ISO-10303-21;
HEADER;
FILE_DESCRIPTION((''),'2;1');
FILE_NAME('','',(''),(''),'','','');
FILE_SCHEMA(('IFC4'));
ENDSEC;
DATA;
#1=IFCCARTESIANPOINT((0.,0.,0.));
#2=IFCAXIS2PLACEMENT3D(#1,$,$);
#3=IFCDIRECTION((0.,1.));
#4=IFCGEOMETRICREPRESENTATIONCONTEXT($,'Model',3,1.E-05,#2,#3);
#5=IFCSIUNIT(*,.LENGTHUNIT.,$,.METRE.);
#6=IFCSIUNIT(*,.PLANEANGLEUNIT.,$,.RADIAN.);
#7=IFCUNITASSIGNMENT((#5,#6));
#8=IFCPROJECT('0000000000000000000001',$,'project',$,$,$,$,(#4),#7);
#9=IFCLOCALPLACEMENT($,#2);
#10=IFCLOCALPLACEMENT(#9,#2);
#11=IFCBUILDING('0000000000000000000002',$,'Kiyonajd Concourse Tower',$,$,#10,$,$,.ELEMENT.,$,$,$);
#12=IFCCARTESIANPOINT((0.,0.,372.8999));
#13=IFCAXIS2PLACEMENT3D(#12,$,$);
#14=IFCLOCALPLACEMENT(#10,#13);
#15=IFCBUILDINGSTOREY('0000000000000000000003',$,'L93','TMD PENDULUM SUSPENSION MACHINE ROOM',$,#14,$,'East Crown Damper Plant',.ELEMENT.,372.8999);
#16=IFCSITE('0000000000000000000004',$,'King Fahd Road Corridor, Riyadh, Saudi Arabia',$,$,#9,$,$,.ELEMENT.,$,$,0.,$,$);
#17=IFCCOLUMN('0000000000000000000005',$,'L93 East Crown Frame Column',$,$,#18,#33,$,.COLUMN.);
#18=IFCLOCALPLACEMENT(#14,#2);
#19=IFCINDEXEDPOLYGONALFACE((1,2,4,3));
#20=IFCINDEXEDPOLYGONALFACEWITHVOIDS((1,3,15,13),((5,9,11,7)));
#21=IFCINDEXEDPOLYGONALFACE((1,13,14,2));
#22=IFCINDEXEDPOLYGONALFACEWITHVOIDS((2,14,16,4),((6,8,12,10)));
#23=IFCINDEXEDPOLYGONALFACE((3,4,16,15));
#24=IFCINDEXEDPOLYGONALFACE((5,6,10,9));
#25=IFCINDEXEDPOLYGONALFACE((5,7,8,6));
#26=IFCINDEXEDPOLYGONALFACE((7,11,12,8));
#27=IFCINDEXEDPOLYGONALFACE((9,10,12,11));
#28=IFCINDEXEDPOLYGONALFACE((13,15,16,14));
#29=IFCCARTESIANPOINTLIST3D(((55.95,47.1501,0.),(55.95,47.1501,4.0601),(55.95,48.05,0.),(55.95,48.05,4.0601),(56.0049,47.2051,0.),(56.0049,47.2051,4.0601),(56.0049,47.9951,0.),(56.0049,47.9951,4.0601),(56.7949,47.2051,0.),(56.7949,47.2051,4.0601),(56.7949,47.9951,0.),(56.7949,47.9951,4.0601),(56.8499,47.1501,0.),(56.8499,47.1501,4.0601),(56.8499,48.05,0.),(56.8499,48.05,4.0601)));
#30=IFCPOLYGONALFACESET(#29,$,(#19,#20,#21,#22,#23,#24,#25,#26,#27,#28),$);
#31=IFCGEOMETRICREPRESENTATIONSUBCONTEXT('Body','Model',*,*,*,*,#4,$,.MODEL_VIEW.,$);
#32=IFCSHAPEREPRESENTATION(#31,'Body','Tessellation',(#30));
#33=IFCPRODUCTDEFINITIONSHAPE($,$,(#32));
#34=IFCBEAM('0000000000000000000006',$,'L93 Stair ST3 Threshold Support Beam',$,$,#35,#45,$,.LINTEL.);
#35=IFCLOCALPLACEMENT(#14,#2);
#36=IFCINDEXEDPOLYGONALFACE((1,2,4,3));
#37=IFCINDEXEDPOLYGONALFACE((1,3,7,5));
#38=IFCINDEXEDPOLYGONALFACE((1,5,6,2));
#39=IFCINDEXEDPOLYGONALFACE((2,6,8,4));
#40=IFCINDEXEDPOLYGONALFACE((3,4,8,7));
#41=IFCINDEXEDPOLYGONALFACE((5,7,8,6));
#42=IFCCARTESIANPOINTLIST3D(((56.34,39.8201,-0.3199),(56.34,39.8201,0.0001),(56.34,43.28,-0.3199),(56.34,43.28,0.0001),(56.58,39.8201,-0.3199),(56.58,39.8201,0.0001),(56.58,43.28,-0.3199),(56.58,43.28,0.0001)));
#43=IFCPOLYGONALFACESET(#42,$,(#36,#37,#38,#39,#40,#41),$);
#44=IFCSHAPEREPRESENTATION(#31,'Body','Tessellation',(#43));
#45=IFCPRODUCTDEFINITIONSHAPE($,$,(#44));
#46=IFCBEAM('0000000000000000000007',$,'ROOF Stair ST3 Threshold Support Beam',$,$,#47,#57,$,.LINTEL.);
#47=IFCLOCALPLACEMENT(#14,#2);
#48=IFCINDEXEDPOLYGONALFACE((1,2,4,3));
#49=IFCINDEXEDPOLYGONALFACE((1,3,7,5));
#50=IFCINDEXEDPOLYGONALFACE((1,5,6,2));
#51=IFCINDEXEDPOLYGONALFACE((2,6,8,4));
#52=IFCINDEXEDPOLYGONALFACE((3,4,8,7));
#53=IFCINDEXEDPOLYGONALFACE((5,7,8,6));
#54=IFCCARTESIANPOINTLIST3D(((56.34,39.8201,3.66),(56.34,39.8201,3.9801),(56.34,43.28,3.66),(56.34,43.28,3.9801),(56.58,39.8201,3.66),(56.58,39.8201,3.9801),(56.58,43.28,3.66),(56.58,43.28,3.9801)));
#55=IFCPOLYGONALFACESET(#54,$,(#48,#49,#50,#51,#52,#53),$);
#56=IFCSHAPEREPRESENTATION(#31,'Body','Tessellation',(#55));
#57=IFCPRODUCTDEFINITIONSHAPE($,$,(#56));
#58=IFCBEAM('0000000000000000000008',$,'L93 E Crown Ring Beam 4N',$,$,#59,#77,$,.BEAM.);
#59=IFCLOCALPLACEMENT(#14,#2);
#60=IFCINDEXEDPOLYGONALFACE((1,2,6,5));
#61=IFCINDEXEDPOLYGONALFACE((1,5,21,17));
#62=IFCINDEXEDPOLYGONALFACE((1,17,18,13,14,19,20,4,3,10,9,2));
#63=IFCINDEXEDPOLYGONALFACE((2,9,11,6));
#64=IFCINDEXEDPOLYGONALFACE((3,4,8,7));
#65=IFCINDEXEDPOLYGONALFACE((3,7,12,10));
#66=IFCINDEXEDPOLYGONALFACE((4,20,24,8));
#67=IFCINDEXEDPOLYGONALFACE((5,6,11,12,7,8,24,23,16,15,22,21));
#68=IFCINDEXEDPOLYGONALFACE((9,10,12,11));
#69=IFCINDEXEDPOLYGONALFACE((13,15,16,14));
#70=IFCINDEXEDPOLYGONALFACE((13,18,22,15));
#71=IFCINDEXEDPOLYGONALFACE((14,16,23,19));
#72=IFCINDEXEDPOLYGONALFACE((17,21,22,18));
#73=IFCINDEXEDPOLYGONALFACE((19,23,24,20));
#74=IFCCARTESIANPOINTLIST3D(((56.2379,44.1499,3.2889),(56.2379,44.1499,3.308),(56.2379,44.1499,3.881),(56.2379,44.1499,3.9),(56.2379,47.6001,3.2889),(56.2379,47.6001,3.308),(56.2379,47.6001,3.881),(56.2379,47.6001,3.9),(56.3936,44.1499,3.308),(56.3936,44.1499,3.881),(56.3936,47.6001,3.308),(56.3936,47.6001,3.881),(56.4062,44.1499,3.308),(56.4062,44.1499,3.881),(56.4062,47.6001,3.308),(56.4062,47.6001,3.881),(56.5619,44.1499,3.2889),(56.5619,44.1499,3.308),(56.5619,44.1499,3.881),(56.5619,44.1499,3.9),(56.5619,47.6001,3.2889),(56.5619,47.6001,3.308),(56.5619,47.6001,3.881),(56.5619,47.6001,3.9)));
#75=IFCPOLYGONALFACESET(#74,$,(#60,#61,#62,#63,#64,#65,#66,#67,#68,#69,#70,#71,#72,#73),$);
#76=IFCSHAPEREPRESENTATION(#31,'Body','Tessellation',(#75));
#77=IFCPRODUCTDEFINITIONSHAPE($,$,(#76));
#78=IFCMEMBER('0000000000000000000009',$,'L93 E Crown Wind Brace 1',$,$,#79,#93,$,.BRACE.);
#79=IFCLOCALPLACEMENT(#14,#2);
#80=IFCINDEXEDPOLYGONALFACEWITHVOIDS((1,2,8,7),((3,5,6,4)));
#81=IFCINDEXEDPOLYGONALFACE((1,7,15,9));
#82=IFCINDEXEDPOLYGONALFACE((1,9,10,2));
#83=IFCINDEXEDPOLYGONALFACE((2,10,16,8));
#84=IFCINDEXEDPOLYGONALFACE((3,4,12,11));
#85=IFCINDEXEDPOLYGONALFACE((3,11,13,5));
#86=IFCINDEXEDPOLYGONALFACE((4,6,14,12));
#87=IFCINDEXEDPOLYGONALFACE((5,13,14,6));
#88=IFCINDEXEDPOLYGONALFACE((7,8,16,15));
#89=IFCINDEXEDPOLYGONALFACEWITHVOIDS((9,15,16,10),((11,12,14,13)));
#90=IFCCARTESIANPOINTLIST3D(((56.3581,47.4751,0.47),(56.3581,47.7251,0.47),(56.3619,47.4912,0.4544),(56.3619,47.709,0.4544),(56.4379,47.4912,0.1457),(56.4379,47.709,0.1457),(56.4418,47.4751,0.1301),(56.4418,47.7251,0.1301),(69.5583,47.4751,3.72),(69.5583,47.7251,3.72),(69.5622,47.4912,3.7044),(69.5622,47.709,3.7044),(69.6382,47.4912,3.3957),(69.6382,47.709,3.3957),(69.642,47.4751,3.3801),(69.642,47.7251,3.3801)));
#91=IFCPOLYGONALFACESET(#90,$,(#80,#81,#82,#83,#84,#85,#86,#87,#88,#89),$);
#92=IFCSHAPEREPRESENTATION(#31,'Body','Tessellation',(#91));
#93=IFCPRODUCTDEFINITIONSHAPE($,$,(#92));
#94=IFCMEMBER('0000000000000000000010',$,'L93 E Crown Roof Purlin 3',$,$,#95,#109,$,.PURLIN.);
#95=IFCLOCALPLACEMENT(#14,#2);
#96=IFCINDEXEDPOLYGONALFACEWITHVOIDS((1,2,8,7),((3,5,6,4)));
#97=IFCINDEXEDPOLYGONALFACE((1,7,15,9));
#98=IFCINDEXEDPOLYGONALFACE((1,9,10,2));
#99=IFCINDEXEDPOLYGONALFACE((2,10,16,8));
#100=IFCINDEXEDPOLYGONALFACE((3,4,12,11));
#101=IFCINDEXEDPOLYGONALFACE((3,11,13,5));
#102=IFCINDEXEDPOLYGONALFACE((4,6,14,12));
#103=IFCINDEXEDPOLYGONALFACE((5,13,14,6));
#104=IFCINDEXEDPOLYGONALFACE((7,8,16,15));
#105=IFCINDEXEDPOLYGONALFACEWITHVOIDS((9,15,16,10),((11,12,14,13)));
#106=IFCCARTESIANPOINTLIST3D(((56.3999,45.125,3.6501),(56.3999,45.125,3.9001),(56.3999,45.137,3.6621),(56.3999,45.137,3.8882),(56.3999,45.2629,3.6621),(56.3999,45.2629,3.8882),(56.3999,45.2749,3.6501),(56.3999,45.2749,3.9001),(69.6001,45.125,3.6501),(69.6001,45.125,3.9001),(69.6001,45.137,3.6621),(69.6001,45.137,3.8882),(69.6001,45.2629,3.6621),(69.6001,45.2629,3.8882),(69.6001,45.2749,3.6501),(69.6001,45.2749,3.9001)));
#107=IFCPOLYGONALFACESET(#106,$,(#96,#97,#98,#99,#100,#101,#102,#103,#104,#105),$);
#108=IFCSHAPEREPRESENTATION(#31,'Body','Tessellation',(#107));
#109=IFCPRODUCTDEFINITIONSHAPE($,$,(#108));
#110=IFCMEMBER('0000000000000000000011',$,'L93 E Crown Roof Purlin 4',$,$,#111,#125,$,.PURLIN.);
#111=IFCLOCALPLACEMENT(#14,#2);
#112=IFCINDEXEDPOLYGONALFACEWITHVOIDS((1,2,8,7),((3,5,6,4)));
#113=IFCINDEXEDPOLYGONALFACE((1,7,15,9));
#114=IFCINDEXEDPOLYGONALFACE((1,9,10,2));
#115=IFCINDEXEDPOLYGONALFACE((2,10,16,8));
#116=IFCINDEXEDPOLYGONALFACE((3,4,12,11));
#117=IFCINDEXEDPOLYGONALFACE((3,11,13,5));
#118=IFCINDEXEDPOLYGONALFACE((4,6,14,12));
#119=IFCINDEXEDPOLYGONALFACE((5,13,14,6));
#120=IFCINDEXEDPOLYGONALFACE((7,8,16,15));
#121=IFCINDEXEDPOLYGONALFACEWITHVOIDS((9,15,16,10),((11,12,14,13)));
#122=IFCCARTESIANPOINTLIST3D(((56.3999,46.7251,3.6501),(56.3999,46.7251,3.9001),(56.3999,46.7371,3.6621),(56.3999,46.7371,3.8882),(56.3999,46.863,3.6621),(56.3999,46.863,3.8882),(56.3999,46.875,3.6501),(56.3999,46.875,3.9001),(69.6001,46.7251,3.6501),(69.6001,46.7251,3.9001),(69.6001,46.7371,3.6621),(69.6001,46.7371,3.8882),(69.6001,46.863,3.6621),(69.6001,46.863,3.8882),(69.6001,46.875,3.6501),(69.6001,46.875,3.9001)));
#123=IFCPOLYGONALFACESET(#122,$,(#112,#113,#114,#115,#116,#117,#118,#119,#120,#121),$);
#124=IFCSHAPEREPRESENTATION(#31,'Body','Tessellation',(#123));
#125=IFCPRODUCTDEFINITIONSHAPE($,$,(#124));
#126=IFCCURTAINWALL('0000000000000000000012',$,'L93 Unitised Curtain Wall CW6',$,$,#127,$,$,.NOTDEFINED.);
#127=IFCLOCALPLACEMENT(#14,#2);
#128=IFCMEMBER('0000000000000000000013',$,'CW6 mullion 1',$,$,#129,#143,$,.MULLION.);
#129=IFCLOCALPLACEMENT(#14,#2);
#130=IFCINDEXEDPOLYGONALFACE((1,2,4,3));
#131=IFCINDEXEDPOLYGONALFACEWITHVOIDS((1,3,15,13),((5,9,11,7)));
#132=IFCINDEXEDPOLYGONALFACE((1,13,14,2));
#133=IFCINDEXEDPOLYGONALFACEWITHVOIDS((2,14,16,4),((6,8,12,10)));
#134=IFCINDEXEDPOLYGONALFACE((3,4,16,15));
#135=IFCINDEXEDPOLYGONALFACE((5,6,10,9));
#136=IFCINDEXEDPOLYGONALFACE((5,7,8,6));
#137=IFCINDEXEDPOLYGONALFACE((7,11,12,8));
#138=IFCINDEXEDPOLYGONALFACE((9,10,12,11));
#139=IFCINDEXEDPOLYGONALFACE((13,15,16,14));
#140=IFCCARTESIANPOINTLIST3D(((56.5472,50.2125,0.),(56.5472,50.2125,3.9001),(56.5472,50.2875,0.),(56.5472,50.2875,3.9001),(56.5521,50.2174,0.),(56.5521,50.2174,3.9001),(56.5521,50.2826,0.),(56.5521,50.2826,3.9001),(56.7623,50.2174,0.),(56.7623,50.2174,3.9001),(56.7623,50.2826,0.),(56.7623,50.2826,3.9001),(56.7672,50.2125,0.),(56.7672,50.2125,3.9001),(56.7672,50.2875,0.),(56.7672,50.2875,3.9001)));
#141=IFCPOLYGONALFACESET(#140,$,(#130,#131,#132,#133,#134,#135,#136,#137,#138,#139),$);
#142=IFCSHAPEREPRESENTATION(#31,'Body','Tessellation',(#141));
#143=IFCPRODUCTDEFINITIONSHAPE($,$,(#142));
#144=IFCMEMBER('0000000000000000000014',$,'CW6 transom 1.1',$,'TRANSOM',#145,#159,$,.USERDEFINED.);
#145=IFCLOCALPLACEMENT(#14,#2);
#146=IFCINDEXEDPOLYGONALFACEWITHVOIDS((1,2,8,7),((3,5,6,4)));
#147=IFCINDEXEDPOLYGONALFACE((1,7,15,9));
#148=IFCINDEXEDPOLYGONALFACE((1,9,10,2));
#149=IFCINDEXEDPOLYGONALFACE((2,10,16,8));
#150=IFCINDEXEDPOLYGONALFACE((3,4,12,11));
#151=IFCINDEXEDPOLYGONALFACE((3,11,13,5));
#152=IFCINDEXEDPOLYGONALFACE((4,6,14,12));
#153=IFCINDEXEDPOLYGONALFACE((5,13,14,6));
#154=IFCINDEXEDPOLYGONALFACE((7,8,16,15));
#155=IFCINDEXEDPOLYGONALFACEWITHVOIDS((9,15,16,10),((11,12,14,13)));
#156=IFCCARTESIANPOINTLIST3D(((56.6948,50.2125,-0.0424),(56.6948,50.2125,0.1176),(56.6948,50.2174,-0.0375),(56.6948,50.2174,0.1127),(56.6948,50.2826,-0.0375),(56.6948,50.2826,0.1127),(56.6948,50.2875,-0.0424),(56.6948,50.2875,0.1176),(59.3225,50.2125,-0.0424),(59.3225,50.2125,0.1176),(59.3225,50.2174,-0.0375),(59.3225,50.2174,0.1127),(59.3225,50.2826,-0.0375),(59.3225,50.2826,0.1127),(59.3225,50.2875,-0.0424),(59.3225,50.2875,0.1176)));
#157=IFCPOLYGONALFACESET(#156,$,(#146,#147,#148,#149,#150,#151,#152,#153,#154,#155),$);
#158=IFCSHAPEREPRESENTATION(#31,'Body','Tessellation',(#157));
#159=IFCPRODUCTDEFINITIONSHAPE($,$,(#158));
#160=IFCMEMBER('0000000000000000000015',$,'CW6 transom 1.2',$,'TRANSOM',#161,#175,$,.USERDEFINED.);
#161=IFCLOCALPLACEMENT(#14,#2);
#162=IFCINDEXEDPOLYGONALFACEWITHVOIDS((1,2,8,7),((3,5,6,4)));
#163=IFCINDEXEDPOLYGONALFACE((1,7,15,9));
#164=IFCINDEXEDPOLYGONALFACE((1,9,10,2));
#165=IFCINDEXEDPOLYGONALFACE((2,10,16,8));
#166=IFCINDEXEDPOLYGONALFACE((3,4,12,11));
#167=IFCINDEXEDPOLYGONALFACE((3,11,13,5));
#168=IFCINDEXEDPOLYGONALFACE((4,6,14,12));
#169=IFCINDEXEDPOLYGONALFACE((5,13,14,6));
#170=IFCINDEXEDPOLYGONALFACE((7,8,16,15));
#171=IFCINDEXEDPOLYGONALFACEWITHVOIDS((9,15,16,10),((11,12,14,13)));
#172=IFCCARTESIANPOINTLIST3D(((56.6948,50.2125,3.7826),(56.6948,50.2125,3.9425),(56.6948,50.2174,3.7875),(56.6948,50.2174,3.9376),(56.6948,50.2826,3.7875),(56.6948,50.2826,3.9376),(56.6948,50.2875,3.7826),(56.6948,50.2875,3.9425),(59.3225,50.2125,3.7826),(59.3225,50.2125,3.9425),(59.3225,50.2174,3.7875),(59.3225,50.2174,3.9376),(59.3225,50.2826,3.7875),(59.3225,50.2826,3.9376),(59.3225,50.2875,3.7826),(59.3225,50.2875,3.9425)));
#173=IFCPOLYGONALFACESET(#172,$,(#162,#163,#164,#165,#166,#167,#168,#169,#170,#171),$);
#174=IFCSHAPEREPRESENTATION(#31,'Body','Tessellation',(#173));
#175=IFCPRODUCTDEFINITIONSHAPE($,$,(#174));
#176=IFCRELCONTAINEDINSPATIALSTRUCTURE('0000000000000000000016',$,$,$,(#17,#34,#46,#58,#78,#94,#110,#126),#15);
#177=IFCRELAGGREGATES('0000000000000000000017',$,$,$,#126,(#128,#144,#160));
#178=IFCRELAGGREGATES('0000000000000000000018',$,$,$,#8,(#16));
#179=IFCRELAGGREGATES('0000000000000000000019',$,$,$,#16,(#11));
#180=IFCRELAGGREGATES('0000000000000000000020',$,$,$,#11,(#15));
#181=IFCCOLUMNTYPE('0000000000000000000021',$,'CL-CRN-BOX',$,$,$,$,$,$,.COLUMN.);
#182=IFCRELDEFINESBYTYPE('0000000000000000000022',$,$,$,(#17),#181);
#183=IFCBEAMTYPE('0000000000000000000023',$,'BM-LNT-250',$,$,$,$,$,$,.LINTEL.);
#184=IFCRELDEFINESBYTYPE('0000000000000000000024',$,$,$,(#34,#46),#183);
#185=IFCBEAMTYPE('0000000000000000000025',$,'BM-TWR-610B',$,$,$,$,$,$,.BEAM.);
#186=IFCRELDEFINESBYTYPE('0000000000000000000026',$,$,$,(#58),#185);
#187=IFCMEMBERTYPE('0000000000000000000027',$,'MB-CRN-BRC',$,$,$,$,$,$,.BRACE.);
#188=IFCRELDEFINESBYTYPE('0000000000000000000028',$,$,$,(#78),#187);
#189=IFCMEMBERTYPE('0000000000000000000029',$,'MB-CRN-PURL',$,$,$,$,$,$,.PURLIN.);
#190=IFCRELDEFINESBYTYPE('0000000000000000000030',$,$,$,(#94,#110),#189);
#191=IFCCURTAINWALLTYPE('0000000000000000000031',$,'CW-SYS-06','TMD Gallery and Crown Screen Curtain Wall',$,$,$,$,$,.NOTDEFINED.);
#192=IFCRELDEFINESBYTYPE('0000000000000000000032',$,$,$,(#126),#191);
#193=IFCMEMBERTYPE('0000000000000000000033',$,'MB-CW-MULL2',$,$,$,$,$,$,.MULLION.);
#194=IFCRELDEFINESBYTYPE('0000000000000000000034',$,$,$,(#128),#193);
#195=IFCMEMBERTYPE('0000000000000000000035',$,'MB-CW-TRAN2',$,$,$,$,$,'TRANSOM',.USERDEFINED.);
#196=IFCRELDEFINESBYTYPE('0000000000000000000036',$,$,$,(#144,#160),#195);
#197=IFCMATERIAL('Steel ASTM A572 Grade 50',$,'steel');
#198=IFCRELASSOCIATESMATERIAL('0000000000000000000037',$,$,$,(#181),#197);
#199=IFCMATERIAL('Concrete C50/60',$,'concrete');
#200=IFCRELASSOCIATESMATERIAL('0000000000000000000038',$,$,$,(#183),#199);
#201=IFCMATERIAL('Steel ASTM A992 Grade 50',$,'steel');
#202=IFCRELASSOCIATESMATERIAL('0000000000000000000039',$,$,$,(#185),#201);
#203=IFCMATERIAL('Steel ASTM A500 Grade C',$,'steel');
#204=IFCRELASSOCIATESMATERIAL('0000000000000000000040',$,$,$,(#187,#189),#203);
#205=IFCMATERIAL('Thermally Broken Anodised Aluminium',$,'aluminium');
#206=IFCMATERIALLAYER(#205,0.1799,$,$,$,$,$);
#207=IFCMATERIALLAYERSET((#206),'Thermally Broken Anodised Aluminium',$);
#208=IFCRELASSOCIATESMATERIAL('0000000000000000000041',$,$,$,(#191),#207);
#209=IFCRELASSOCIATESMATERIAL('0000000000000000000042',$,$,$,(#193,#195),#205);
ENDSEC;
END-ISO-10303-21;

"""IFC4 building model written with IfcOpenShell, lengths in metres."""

from ifc_helpers import new_model, si_unit, direction, frame, origin, origin_2d, place, context, subcontext, project, spatial, rectangle, hollow_rectangle, i_section, extrude, material, layer, layer_set, material_profile, profile_set, type_object, element, aggregate, save


model = new_model("IFC4")

# Units and contexts
model_context = context("Model", 3, precision=1e-05, world=origin(), true_north=direction((0.0, 1.0)))
body_context = subcontext(model_context, "Body", "Model", "MODEL_VIEW")
ifc_project = project(units=[si_unit("LENGTHUNIT", "METRE"), si_unit("PLANEANGLEUNIT", "RADIAN")], contexts=[model_context])

# Site, building, storey
site_placement = place(None, origin())
site = spatial("IfcSite", under=ifc_project, at=site_placement, Name="King Fahd Road Corridor, Riyadh, Saudi Arabia", CompositionType="ELEMENT", RefElevation=0.0)
building_placement = place(site_placement, origin())
building = spatial("IfcBuilding", under=site, at=building_placement, Name="Kiyonajd Concourse Tower", CompositionType="ELEMENT")
storey_placement = place(building_placement, frame((0.0, 0.0, 372.8999)))
storey = spatial("IfcBuildingStorey", under=building, at=storey_placement, Name="L93", Description="TMD PENDULUM SUSPENSION MACHINE ROOM", LongName="East Crown Damper Plant", CompositionType="ELEMENT", Elevation=372.8999)

# Column
ifc_material_1 = material(Name="Steel ASTM A572 Grade 50", Category="steel")
ifc_material_profile_1 = material_profile(ifc_material_1, hollow_rectangle(XDim=0.8999, YDim=0.8999, WallThickness=0.0549, at=origin_2d()), Name="BOX-900x900x55")
ifc_profile_set_1 = profile_set([ifc_material_profile_1], Name="Steel ASTM A572 Grade 50")
column_type = type_object("IfcColumnType", Name="CL-CRN-BOX", PredefinedType="COLUMN", material=ifc_profile_set_1)
column_placement = place(storey_placement, frame((56.3999, 47.6001, 0.0), z_axis=(0.0, 0.0, 1.0), x_axis=(1.0, 0.0, 0.0)))
element("IfcColumn", 1, at=column_placement, inside=storey, type_object=column_type, Name="L93 East Crown Frame Column", PredefinedType="COLUMN", context=body_context, shape_type="SweptSolid", body=[
    extrude(hollow_rectangle(XDim=0.8999, YDim=0.8999, WallThickness=0.0549, at=origin_2d()), origin(), (0.0, 0.0, 1.0), 4.0601),
])

# Beams
ifc_material_2 = material(Name="Concrete C50/60", Category="concrete")
ifc_material_profile_2 = material_profile(ifc_material_2, rectangle(XDim=0.24, YDim=0.3201, at=origin_2d()), Name="RCBM-240x320")
ifc_profile_set_2 = profile_set([ifc_material_profile_2], Name="Concrete C50/60")
beam_type_1 = type_object("IfcBeamType", Name="BM-LNT-250", PredefinedType="LINTEL", material=ifc_profile_set_2)
for number, where, z_axis, x_axis, name in (
    (2, (56.46, 39.8201, -0.1599), (0.0, 1.0, 0.0), (-1.0, 0.0, 0.0), "L93 Stair ST3 Threshold Support Beam"),
    (3, (56.46, 39.8201, 3.8201), (0.0, 1.0, 0.0), (-1.0, 0.0, 0.0), "ROOF Stair ST3 Threshold Support Beam"),
):
    element("IfcBeam", number, at=place(storey_placement, frame(where, z_axis=z_axis, x_axis=x_axis)), inside=storey, type_object=beam_type_1, Name=name, PredefinedType="LINTEL", context=body_context, shape_type="SweptSolid", body=[
        extrude(rectangle(XDim=0.24, YDim=0.3201, at=origin_2d()), origin(), (0.0, 0.0, 1.0), 3.46),
    ])
ifc_material_3 = material(Name="Steel ASTM A992 Grade 50", Category="steel")
ifc_material_profile_3 = material_profile(ifc_material_3, i_section(OverallWidth=0.324, OverallDepth=0.6111, WebThickness=0.0127, FlangeThickness=0.019, at=origin_2d()), Name="W610X155")
ifc_profile_set_3 = profile_set([ifc_material_profile_3], Name="Steel ASTM A992 Grade 50")
beam_type_2 = type_object("IfcBeamType", Name="BM-TWR-610B", PredefinedType="BEAM", material=ifc_profile_set_3)
beam_placement = place(storey_placement, frame((56.3999, 44.1499, 3.5945), z_axis=(0.0, 1.0, 0.0), x_axis=(-1.0, 0.0, 0.0)))
element("IfcBeam", 4, at=beam_placement, inside=storey, type_object=beam_type_2, Name="L93 E Crown Ring Beam 4N", PredefinedType="BEAM", context=body_context, shape_type="SweptSolid", body=[
    extrude(i_section(OverallWidth=0.324, OverallDepth=0.6111, WebThickness=0.0127, FlangeThickness=0.019, at=origin_2d()), origin(), (0.0, 0.0, 1.0), 3.4502),
])

# Members
ifc_material_4 = material(Name="Steel ASTM A500 Grade C", Category="steel")
ifc_material_profile_4 = material_profile(ifc_material_4, hollow_rectangle(XDim=0.25, YDim=0.3501, WallThickness=0.0161, at=origin_2d()), Name="HSS-350x250x16")
ifc_profile_set_4 = profile_set([ifc_material_profile_4], Name="Steel ASTM A500 Grade C")
member_type_1 = type_object("IfcMemberType", Name="MB-CRN-BRC", PredefinedType="BRACE", material=ifc_profile_set_4)
member_1_placement = place(storey_placement, frame((56.3999, 47.6001, 0.3), z_axis=(0.971003, 0.0, 0.239069), x_axis=(0.0, 1.0, 0.0)))
element("IfcMember", 5, at=member_1_placement, inside=storey, type_object=member_type_1, Name="L93 E Crown Wind Brace 1", PredefinedType="BRACE", context=body_context, shape_type="SweptSolid", body=[
    extrude(hollow_rectangle(XDim=0.25, YDim=0.3501, WallThickness=0.0161, at=origin_2d()), origin(), (0.0, 0.0, 1.0), 13.5945),
])
ifc_material_profile_5 = material_profile(ifc_material_4, hollow_rectangle(XDim=0.1499, YDim=0.25, WallThickness=0.012, at=origin_2d()), Name="HSS-250x150x12")
ifc_profile_set_5 = profile_set([ifc_material_profile_5], Name="Steel ASTM A500 Grade C")
member_type_2 = type_object("IfcMemberType", Name="MB-CRN-PURL", PredefinedType="PURLIN", material=ifc_profile_set_5)
for number, where, z_axis, x_axis, name in (
    (6, (56.3999, 45.2, 3.7751), (1.0, 0.0, 0.0), (0.0, 1.0, 0.0), "L93 E Crown Roof Purlin 3"),
    (7, (56.3999, 46.8, 3.7751), (1.0, 0.0, 0.0), (0.0, 1.0, 0.0), "L93 E Crown Roof Purlin 4"),
):
    element("IfcMember", number, at=place(storey_placement, frame(where, z_axis=z_axis, x_axis=x_axis)), inside=storey, type_object=member_type_2, Name=name, PredefinedType="PURLIN", context=body_context, shape_type="SweptSolid", body=[
        extrude(hollow_rectangle(XDim=0.1499, YDim=0.25, WallThickness=0.012, at=origin_2d()), origin(), (0.0, 0.0, 1.0), 13.2002),
    ])

# Curtain wall, members
ifc_material_5 = material(Name="Thermally Broken Anodised Aluminium", Category="aluminium")
ifc_layer_1 = layer(ifc_material_5, 0.1799)
ifc_layer_set_1 = layer_set([ifc_layer_1], Name="Thermally Broken Anodised Aluminium")
curtain_wall_type = type_object("IfcCurtainWallType", Name="CW-SYS-06", Description="TMD Gallery and Crown Screen Curtain Wall", PredefinedType="NOTDEFINED", material=ifc_layer_set_1)
curtain_wall_placement = place(storey_placement, origin())
curtain_wall = element("IfcCurtainWall", 8, at=curtain_wall_placement, inside=storey, type_object=curtain_wall_type, Name="L93 Unitised Curtain Wall CW6", PredefinedType="NOTDEFINED")
ifc_material_profile_6 = material_profile(ifc_material_5, hollow_rectangle(XDim=0.075, YDim=0.22, WallThickness=0.0049, at=origin_2d()), Name="MULL-75x220")
ifc_profile_set_6 = profile_set([ifc_material_profile_6], Name="Thermally Broken Anodised Aluminium")
member_type_3 = type_object("IfcMemberType", Name="MB-CW-MULL2", PredefinedType="MULLION", material=ifc_profile_set_6)
member_2_placement = place(storey_placement, frame((56.6572, 50.25, 0.0), z_axis=(0.0, 0.0, 1.0), x_axis=(0.0, 1.0, 0.0)))
member_2 = element("IfcMember", 9, at=member_2_placement, type_object=member_type_3, Name="CW6 mullion 1", PredefinedType="MULLION", context=body_context, shape_type="SweptSolid", body=[
    extrude(hollow_rectangle(XDim=0.075, YDim=0.22, WallThickness=0.0049, at=origin_2d()), origin(), (0.0, 0.0, 1.0), 3.9001),
])
ifc_material_profile_7 = material_profile(ifc_material_5, hollow_rectangle(XDim=0.075, YDim=0.1599, WallThickness=0.0049, at=origin_2d()), Name="TRAN-75x160")
ifc_profile_set_7 = profile_set([ifc_material_profile_7], Name="Thermally Broken Anodised Aluminium")
member_type_4 = type_object("IfcMemberType", Name="MB-CW-TRAN2", ElementType="TRANSOM", PredefinedType="USERDEFINED", material=ifc_profile_set_7)
member_3_placement = place(storey_placement, frame((56.6948, 50.25, 0.0376), z_axis=(1.0, 0.0, 0.0), x_axis=(0.0, 1.0, 0.0)))
member_3 = element("IfcMember", 10, at=member_3_placement, type_object=member_type_4, Name="CW6 transom 1.1", ObjectType="TRANSOM", PredefinedType="USERDEFINED", context=body_context, shape_type="SweptSolid", body=[
    extrude(hollow_rectangle(XDim=0.075, YDim=0.1599, WallThickness=0.0049, at=origin_2d()), origin(), (0.0, 0.0, 1.0), 2.6277),
])
member_4_placement = place(storey_placement, frame((56.6948, 50.25, 3.8625), z_axis=(1.0, 0.0, 0.0), x_axis=(0.0, 1.0, 0.0)))
member_4 = element("IfcMember", 11, at=member_4_placement, type_object=member_type_4, Name="CW6 transom 1.2", ObjectType="TRANSOM", PredefinedType="USERDEFINED", context=body_context, shape_type="SweptSolid", body=[
    extrude(hollow_rectangle(XDim=0.075, YDim=0.1599, WallThickness=0.0049, at=origin_2d()), origin(), (0.0, 0.0, 1.0), 2.6277),
])

aggregate(curtain_wall, [member_2, member_3, member_4])

save(model, "model.ifc")
